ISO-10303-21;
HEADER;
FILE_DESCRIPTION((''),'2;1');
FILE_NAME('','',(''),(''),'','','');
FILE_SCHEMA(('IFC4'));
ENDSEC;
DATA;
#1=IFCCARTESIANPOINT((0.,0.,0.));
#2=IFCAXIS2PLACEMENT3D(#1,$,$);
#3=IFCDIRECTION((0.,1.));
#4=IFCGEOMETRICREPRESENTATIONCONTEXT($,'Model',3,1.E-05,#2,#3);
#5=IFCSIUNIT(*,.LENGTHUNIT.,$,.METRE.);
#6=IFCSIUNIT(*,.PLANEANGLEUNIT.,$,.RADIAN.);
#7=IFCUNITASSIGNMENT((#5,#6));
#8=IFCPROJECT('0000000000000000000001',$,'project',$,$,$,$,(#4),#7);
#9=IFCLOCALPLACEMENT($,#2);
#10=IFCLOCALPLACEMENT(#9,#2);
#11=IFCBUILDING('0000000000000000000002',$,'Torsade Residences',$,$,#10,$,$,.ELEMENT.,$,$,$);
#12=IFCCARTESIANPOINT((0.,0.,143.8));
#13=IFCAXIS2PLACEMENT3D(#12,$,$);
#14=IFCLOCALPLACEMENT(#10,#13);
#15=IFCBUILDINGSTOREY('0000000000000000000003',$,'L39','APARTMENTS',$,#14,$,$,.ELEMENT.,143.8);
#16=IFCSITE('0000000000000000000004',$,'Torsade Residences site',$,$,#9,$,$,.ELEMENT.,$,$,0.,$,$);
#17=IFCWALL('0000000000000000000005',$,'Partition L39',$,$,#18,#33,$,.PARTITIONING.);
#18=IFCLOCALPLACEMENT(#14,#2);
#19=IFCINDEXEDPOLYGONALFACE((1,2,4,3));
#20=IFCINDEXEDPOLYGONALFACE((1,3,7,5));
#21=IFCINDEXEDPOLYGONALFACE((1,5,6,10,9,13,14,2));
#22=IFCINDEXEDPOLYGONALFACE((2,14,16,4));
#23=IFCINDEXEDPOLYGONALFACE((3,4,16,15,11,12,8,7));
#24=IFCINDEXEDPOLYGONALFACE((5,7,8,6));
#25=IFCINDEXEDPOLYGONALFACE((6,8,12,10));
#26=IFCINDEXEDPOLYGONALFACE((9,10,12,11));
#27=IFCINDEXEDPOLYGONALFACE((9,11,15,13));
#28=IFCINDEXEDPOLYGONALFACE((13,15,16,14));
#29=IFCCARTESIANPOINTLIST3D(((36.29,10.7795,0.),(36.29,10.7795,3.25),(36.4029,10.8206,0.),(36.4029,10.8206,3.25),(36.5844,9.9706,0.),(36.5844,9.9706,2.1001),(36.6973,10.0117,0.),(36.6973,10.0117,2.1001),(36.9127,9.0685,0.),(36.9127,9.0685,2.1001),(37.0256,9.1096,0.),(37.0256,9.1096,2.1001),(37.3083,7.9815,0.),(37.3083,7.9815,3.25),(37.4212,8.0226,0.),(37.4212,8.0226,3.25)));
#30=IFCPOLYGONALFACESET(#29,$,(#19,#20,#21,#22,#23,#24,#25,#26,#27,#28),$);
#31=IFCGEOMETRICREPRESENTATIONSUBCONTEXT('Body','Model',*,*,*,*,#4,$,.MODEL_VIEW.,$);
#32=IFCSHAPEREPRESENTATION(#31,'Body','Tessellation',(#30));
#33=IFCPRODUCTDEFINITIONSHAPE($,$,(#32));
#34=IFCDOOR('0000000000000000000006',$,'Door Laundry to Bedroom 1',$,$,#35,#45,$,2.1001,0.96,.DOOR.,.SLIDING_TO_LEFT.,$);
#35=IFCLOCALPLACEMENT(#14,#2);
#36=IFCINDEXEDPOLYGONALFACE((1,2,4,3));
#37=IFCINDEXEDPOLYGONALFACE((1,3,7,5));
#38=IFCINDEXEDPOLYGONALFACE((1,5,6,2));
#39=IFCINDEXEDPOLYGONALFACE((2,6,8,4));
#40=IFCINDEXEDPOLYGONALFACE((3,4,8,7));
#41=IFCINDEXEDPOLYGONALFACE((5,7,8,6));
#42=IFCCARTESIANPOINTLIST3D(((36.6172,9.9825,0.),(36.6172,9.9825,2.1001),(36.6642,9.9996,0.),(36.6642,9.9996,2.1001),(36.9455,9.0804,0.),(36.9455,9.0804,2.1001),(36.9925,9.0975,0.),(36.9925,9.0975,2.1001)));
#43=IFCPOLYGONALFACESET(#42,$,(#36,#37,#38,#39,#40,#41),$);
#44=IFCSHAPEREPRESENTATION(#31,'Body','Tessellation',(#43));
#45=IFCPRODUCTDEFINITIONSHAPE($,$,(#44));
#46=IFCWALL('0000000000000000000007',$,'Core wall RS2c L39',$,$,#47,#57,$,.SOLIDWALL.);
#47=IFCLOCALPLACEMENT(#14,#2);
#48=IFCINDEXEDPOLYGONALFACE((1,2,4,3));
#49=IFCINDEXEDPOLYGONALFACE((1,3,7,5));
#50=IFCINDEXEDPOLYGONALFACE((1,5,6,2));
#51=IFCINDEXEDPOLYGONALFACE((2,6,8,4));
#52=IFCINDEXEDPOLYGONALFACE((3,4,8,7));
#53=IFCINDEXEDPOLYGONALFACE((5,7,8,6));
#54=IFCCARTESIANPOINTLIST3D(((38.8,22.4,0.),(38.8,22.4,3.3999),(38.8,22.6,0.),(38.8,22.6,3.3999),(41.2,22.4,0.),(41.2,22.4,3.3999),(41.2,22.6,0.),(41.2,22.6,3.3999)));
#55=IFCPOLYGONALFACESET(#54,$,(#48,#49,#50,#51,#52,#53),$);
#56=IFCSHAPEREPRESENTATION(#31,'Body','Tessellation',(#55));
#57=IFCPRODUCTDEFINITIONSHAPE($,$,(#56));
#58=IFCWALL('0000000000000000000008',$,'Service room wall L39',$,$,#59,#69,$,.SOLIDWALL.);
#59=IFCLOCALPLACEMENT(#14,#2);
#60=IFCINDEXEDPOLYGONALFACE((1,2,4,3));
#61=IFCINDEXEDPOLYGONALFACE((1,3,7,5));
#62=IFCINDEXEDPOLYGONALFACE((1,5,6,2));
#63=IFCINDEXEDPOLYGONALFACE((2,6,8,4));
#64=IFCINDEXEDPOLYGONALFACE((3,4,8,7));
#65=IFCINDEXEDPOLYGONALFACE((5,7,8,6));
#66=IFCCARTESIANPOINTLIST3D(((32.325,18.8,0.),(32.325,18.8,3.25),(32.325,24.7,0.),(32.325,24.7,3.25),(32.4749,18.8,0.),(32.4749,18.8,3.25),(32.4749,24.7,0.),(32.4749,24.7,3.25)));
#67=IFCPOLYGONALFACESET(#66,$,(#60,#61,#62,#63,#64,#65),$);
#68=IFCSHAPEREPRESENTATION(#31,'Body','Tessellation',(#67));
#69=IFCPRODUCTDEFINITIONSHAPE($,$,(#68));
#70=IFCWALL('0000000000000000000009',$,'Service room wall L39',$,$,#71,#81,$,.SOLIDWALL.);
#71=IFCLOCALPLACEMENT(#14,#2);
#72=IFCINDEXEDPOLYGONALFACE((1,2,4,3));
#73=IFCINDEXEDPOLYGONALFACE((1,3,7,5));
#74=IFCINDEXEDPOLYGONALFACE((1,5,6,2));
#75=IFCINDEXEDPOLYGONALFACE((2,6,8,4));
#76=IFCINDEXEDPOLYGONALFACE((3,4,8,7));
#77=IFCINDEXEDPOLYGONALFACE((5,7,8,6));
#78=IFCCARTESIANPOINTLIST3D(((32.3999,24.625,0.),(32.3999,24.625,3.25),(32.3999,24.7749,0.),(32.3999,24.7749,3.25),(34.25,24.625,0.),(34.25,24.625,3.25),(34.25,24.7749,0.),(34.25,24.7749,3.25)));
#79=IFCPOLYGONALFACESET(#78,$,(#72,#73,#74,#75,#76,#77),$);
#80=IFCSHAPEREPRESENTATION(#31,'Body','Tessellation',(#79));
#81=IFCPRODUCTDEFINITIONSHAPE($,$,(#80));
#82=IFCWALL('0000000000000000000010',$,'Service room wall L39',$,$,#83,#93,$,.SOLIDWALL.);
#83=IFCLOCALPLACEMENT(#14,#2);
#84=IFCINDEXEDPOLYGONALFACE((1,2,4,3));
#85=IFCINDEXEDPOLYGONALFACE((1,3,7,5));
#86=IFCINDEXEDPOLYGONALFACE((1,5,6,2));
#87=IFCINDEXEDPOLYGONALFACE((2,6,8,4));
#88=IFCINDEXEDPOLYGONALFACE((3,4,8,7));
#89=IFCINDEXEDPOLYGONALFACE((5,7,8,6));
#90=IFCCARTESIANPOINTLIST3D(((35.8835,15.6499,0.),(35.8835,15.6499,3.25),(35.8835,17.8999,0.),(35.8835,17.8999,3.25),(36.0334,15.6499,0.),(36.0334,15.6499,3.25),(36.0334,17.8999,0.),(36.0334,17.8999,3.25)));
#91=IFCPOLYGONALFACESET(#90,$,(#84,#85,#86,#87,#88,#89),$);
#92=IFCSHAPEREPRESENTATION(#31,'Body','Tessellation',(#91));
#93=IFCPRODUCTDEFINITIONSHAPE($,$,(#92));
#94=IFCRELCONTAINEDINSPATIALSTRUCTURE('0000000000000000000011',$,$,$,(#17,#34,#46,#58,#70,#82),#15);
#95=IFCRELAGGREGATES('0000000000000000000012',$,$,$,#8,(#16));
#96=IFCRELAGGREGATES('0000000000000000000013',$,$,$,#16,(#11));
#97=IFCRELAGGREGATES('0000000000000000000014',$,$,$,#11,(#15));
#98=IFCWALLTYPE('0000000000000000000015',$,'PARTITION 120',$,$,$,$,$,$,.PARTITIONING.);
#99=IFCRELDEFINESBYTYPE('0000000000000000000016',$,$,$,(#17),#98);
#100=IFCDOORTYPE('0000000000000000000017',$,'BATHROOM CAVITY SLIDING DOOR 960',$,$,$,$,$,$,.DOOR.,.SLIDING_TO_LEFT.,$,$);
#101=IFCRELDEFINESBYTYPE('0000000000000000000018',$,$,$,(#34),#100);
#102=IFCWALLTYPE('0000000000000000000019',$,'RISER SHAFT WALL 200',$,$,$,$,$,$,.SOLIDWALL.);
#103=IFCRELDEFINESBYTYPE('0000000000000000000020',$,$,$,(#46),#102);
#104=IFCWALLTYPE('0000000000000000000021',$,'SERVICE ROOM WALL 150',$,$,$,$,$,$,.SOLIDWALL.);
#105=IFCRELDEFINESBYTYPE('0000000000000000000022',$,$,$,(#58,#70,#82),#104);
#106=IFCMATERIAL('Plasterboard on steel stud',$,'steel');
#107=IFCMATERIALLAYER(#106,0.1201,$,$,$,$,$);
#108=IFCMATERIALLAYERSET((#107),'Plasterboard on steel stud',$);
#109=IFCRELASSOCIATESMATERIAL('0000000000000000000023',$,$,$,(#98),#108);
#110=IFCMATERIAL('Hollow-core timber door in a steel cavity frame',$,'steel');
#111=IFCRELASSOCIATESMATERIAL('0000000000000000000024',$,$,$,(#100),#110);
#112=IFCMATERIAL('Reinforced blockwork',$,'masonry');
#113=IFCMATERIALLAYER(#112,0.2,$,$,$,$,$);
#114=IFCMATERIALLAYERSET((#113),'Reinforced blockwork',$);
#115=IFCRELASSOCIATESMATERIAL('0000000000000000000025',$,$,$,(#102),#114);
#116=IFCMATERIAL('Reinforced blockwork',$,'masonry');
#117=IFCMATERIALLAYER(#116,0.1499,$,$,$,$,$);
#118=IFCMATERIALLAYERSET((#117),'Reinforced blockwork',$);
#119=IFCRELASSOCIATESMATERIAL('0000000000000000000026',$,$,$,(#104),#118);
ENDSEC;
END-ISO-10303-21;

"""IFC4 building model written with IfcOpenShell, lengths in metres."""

from ifc_helpers import new_model, si_unit, direction, frame, frame_2d, origin, place, context, subcontext, project, spatial, rectangle, extrude, material, layer, layer_set, type_object, element, fill, save


model = new_model("IFC4")

# Units and contexts
model_context = context("Model", 3, precision=1e-05, world=origin(), true_north=direction((0.0, 1.0)))
body_context = subcontext(model_context, "Body", "Model", "MODEL_VIEW")
ifc_project = project(units=[si_unit("LENGTHUNIT", "METRE"), si_unit("PLANEANGLEUNIT", "RADIAN")], contexts=[model_context])

# Site, building, storey
site_placement = place(None, origin())
site = spatial("IfcSite", under=ifc_project, at=site_placement, Name="Torsade Residences site", CompositionType="ELEMENT", RefElevation=0.0)
building_placement = place(site_placement, origin())
building = spatial("IfcBuilding", under=site, at=building_placement, Name="Torsade Residences", CompositionType="ELEMENT")
storey_placement = place(building_placement, frame((0.0, 0.0, 143.8)))
storey = spatial("IfcBuildingStorey", under=building, at=storey_placement, Name="L39", Description="APARTMENTS", CompositionType="ELEMENT", Elevation=143.8)

# Wall, opening, door
ifc_material_1 = material(Name="Plasterboard on steel stud", Category="steel")
ifc_layer_1 = layer(ifc_material_1, 0.1201)
ifc_layer_set_1 = layer_set([ifc_layer_1], Name="Plasterboard on steel stud")
wall_type_1 = type_object("IfcWallType", Name="PARTITION 120", PredefinedType="PARTITIONING", material=ifc_layer_set_1)
ifc_material_2 = material(Name="Hollow-core timber door in a steel cavity frame", Category="steel")
door_type_1 = type_object("IfcDoorType", Name="BATHROOM CAVITY SLIDING DOOR 960", OperationType="SLIDING_TO_LEFT", PredefinedType="DOOR", material=ifc_material_2)
wall_1_placement = place(storey_placement, frame((36.3464, 10.8, 0.0), z_axis=(0.0, 0.0, 1.0), x_axis=(0.341987, -0.939705, 0.0)))
wall_1 = element("IfcWall", 1, at=wall_1_placement, inside=storey, type_object=wall_type_1, Name="Partition L39", PredefinedType="PARTITIONING", context=body_context, shape_type="SweptSolid", body=[
    extrude(rectangle(XDim=2.9775, YDim=0.1201, at=frame_2d((1.4888, 0.0))), origin(), (0.0, 0.0, 1.0), 3.25),
])
opening_1_placement = place(wall_1_placement, frame((0.8608, 0.0, 0.0)))
opening_1 = element("IfcOpeningElement", 2, at=opening_1_placement, cuts=wall_1, PredefinedType="OPENING", context=body_context, shape_type="SweptSolid", body=[
    extrude(rectangle(XDim=0.96, YDim=2.1001, at=frame_2d((0.48, 1.05))), frame((0.0, 0.0701, 0.0), z_axis=(0.0, -1.0, 0.0), x_axis=(1.0, 0.0, 0.0)), (0.0, 0.0, 1.0), 0.1401),
])
door_1_placement = place(opening_1_placement, origin())
door_1 = element("IfcDoor", 3, at=door_1_placement, inside=storey, type_object=door_type_1, Name="Door Laundry to Bedroom 1", OperationType="SLIDING_TO_LEFT", OverallHeight=2.1001, OverallWidth=0.96, PredefinedType="DOOR", context=body_context, shape_type="SweptSolid", body=[
    extrude(rectangle(XDim=0.96, YDim=2.1001, at=frame_2d((0.48, 1.05))), frame((0.0, 0.0249, 0.0), z_axis=(0.0, -1.0, 0.0), x_axis=(1.0, 0.0, 0.0)), (0.0, 0.0, 1.0), 0.05),
])
fill(opening_1, door_1)

# Walls
ifc_material_3 = material(Name="Reinforced blockwork", Category="masonry")
ifc_layer_2 = layer(ifc_material_3, 0.2)
ifc_layer_set_2 = layer_set([ifc_layer_2], Name="Reinforced blockwork")
wall_type_2 = type_object("IfcWallType", Name="RISER SHAFT WALL 200", PredefinedType="SOLIDWALL", material=ifc_layer_set_2)
wall_2_placement = place(storey_placement, frame((38.8, 22.5, 0.0), z_axis=(0.0, 0.0, 1.0), x_axis=(1.0, 0.0, 0.0)))
element("IfcWall", 4, at=wall_2_placement, inside=storey, type_object=wall_type_2, Name="Core wall RS2c L39", PredefinedType="SOLIDWALL", context=body_context, shape_type="SweptSolid", body=[
    extrude(rectangle(XDim=2.3999, YDim=0.2, at=frame_2d((1.2, 0.0))), origin(), (0.0, 0.0, 1.0), 3.3999),
])
ifc_material_4 = material(Name="Reinforced blockwork", Category="masonry")
ifc_layer_3 = layer(ifc_material_4, 0.1499)
ifc_layer_set_3 = layer_set([ifc_layer_3], Name="Reinforced blockwork")
wall_type_3 = type_object("IfcWallType", Name="SERVICE ROOM WALL 150", PredefinedType="SOLIDWALL", material=ifc_layer_set_3)
wall_3_placement = place(storey_placement, frame((32.3999, 18.8, 0.0), z_axis=(0.0, 0.0, 1.0), x_axis=(0.0, 1.0, 0.0)))
element("IfcWall", 5, at=wall_3_placement, inside=storey, type_object=wall_type_3, Name="Service room wall L39", PredefinedType="SOLIDWALL", context=body_context, shape_type="SweptSolid", body=[
    extrude(rectangle(XDim=5.8999, YDim=0.1499, at=frame_2d((2.95, 0.0))), origin(), (0.0, 0.0, 1.0), 3.25),
])
wall_4_placement = place(storey_placement, frame((32.3999, 24.7, 0.0), z_axis=(0.0, 0.0, 1.0), x_axis=(1.0, 0.0, 0.0)))
element("IfcWall", 6, at=wall_4_placement, inside=storey, type_object=wall_type_3, Name="Service room wall L39", PredefinedType="SOLIDWALL", context=body_context, shape_type="SweptSolid", body=[
    extrude(rectangle(XDim=1.8501, YDim=0.1499, at=frame_2d((0.925, 0.0))), origin(), (0.0, 0.0, 1.0), 3.25),
])
wall_5_placement = place(storey_placement, frame((35.9585, 15.6499, 0.0), z_axis=(0.0, 0.0, 1.0), x_axis=(0.0, 1.0, 0.0)))
element("IfcWall", 7, at=wall_5_placement, inside=storey, type_object=wall_type_3, Name="Service room wall L39", PredefinedType="SOLIDWALL", context=body_context, shape_type="SweptSolid", body=[
    extrude(rectangle(XDim=2.25, YDim=0.1499, at=frame_2d((1.125, 0.0))), origin(), (0.0, 0.0, 1.0), 3.25),
])

save(model, "model.ifc")
